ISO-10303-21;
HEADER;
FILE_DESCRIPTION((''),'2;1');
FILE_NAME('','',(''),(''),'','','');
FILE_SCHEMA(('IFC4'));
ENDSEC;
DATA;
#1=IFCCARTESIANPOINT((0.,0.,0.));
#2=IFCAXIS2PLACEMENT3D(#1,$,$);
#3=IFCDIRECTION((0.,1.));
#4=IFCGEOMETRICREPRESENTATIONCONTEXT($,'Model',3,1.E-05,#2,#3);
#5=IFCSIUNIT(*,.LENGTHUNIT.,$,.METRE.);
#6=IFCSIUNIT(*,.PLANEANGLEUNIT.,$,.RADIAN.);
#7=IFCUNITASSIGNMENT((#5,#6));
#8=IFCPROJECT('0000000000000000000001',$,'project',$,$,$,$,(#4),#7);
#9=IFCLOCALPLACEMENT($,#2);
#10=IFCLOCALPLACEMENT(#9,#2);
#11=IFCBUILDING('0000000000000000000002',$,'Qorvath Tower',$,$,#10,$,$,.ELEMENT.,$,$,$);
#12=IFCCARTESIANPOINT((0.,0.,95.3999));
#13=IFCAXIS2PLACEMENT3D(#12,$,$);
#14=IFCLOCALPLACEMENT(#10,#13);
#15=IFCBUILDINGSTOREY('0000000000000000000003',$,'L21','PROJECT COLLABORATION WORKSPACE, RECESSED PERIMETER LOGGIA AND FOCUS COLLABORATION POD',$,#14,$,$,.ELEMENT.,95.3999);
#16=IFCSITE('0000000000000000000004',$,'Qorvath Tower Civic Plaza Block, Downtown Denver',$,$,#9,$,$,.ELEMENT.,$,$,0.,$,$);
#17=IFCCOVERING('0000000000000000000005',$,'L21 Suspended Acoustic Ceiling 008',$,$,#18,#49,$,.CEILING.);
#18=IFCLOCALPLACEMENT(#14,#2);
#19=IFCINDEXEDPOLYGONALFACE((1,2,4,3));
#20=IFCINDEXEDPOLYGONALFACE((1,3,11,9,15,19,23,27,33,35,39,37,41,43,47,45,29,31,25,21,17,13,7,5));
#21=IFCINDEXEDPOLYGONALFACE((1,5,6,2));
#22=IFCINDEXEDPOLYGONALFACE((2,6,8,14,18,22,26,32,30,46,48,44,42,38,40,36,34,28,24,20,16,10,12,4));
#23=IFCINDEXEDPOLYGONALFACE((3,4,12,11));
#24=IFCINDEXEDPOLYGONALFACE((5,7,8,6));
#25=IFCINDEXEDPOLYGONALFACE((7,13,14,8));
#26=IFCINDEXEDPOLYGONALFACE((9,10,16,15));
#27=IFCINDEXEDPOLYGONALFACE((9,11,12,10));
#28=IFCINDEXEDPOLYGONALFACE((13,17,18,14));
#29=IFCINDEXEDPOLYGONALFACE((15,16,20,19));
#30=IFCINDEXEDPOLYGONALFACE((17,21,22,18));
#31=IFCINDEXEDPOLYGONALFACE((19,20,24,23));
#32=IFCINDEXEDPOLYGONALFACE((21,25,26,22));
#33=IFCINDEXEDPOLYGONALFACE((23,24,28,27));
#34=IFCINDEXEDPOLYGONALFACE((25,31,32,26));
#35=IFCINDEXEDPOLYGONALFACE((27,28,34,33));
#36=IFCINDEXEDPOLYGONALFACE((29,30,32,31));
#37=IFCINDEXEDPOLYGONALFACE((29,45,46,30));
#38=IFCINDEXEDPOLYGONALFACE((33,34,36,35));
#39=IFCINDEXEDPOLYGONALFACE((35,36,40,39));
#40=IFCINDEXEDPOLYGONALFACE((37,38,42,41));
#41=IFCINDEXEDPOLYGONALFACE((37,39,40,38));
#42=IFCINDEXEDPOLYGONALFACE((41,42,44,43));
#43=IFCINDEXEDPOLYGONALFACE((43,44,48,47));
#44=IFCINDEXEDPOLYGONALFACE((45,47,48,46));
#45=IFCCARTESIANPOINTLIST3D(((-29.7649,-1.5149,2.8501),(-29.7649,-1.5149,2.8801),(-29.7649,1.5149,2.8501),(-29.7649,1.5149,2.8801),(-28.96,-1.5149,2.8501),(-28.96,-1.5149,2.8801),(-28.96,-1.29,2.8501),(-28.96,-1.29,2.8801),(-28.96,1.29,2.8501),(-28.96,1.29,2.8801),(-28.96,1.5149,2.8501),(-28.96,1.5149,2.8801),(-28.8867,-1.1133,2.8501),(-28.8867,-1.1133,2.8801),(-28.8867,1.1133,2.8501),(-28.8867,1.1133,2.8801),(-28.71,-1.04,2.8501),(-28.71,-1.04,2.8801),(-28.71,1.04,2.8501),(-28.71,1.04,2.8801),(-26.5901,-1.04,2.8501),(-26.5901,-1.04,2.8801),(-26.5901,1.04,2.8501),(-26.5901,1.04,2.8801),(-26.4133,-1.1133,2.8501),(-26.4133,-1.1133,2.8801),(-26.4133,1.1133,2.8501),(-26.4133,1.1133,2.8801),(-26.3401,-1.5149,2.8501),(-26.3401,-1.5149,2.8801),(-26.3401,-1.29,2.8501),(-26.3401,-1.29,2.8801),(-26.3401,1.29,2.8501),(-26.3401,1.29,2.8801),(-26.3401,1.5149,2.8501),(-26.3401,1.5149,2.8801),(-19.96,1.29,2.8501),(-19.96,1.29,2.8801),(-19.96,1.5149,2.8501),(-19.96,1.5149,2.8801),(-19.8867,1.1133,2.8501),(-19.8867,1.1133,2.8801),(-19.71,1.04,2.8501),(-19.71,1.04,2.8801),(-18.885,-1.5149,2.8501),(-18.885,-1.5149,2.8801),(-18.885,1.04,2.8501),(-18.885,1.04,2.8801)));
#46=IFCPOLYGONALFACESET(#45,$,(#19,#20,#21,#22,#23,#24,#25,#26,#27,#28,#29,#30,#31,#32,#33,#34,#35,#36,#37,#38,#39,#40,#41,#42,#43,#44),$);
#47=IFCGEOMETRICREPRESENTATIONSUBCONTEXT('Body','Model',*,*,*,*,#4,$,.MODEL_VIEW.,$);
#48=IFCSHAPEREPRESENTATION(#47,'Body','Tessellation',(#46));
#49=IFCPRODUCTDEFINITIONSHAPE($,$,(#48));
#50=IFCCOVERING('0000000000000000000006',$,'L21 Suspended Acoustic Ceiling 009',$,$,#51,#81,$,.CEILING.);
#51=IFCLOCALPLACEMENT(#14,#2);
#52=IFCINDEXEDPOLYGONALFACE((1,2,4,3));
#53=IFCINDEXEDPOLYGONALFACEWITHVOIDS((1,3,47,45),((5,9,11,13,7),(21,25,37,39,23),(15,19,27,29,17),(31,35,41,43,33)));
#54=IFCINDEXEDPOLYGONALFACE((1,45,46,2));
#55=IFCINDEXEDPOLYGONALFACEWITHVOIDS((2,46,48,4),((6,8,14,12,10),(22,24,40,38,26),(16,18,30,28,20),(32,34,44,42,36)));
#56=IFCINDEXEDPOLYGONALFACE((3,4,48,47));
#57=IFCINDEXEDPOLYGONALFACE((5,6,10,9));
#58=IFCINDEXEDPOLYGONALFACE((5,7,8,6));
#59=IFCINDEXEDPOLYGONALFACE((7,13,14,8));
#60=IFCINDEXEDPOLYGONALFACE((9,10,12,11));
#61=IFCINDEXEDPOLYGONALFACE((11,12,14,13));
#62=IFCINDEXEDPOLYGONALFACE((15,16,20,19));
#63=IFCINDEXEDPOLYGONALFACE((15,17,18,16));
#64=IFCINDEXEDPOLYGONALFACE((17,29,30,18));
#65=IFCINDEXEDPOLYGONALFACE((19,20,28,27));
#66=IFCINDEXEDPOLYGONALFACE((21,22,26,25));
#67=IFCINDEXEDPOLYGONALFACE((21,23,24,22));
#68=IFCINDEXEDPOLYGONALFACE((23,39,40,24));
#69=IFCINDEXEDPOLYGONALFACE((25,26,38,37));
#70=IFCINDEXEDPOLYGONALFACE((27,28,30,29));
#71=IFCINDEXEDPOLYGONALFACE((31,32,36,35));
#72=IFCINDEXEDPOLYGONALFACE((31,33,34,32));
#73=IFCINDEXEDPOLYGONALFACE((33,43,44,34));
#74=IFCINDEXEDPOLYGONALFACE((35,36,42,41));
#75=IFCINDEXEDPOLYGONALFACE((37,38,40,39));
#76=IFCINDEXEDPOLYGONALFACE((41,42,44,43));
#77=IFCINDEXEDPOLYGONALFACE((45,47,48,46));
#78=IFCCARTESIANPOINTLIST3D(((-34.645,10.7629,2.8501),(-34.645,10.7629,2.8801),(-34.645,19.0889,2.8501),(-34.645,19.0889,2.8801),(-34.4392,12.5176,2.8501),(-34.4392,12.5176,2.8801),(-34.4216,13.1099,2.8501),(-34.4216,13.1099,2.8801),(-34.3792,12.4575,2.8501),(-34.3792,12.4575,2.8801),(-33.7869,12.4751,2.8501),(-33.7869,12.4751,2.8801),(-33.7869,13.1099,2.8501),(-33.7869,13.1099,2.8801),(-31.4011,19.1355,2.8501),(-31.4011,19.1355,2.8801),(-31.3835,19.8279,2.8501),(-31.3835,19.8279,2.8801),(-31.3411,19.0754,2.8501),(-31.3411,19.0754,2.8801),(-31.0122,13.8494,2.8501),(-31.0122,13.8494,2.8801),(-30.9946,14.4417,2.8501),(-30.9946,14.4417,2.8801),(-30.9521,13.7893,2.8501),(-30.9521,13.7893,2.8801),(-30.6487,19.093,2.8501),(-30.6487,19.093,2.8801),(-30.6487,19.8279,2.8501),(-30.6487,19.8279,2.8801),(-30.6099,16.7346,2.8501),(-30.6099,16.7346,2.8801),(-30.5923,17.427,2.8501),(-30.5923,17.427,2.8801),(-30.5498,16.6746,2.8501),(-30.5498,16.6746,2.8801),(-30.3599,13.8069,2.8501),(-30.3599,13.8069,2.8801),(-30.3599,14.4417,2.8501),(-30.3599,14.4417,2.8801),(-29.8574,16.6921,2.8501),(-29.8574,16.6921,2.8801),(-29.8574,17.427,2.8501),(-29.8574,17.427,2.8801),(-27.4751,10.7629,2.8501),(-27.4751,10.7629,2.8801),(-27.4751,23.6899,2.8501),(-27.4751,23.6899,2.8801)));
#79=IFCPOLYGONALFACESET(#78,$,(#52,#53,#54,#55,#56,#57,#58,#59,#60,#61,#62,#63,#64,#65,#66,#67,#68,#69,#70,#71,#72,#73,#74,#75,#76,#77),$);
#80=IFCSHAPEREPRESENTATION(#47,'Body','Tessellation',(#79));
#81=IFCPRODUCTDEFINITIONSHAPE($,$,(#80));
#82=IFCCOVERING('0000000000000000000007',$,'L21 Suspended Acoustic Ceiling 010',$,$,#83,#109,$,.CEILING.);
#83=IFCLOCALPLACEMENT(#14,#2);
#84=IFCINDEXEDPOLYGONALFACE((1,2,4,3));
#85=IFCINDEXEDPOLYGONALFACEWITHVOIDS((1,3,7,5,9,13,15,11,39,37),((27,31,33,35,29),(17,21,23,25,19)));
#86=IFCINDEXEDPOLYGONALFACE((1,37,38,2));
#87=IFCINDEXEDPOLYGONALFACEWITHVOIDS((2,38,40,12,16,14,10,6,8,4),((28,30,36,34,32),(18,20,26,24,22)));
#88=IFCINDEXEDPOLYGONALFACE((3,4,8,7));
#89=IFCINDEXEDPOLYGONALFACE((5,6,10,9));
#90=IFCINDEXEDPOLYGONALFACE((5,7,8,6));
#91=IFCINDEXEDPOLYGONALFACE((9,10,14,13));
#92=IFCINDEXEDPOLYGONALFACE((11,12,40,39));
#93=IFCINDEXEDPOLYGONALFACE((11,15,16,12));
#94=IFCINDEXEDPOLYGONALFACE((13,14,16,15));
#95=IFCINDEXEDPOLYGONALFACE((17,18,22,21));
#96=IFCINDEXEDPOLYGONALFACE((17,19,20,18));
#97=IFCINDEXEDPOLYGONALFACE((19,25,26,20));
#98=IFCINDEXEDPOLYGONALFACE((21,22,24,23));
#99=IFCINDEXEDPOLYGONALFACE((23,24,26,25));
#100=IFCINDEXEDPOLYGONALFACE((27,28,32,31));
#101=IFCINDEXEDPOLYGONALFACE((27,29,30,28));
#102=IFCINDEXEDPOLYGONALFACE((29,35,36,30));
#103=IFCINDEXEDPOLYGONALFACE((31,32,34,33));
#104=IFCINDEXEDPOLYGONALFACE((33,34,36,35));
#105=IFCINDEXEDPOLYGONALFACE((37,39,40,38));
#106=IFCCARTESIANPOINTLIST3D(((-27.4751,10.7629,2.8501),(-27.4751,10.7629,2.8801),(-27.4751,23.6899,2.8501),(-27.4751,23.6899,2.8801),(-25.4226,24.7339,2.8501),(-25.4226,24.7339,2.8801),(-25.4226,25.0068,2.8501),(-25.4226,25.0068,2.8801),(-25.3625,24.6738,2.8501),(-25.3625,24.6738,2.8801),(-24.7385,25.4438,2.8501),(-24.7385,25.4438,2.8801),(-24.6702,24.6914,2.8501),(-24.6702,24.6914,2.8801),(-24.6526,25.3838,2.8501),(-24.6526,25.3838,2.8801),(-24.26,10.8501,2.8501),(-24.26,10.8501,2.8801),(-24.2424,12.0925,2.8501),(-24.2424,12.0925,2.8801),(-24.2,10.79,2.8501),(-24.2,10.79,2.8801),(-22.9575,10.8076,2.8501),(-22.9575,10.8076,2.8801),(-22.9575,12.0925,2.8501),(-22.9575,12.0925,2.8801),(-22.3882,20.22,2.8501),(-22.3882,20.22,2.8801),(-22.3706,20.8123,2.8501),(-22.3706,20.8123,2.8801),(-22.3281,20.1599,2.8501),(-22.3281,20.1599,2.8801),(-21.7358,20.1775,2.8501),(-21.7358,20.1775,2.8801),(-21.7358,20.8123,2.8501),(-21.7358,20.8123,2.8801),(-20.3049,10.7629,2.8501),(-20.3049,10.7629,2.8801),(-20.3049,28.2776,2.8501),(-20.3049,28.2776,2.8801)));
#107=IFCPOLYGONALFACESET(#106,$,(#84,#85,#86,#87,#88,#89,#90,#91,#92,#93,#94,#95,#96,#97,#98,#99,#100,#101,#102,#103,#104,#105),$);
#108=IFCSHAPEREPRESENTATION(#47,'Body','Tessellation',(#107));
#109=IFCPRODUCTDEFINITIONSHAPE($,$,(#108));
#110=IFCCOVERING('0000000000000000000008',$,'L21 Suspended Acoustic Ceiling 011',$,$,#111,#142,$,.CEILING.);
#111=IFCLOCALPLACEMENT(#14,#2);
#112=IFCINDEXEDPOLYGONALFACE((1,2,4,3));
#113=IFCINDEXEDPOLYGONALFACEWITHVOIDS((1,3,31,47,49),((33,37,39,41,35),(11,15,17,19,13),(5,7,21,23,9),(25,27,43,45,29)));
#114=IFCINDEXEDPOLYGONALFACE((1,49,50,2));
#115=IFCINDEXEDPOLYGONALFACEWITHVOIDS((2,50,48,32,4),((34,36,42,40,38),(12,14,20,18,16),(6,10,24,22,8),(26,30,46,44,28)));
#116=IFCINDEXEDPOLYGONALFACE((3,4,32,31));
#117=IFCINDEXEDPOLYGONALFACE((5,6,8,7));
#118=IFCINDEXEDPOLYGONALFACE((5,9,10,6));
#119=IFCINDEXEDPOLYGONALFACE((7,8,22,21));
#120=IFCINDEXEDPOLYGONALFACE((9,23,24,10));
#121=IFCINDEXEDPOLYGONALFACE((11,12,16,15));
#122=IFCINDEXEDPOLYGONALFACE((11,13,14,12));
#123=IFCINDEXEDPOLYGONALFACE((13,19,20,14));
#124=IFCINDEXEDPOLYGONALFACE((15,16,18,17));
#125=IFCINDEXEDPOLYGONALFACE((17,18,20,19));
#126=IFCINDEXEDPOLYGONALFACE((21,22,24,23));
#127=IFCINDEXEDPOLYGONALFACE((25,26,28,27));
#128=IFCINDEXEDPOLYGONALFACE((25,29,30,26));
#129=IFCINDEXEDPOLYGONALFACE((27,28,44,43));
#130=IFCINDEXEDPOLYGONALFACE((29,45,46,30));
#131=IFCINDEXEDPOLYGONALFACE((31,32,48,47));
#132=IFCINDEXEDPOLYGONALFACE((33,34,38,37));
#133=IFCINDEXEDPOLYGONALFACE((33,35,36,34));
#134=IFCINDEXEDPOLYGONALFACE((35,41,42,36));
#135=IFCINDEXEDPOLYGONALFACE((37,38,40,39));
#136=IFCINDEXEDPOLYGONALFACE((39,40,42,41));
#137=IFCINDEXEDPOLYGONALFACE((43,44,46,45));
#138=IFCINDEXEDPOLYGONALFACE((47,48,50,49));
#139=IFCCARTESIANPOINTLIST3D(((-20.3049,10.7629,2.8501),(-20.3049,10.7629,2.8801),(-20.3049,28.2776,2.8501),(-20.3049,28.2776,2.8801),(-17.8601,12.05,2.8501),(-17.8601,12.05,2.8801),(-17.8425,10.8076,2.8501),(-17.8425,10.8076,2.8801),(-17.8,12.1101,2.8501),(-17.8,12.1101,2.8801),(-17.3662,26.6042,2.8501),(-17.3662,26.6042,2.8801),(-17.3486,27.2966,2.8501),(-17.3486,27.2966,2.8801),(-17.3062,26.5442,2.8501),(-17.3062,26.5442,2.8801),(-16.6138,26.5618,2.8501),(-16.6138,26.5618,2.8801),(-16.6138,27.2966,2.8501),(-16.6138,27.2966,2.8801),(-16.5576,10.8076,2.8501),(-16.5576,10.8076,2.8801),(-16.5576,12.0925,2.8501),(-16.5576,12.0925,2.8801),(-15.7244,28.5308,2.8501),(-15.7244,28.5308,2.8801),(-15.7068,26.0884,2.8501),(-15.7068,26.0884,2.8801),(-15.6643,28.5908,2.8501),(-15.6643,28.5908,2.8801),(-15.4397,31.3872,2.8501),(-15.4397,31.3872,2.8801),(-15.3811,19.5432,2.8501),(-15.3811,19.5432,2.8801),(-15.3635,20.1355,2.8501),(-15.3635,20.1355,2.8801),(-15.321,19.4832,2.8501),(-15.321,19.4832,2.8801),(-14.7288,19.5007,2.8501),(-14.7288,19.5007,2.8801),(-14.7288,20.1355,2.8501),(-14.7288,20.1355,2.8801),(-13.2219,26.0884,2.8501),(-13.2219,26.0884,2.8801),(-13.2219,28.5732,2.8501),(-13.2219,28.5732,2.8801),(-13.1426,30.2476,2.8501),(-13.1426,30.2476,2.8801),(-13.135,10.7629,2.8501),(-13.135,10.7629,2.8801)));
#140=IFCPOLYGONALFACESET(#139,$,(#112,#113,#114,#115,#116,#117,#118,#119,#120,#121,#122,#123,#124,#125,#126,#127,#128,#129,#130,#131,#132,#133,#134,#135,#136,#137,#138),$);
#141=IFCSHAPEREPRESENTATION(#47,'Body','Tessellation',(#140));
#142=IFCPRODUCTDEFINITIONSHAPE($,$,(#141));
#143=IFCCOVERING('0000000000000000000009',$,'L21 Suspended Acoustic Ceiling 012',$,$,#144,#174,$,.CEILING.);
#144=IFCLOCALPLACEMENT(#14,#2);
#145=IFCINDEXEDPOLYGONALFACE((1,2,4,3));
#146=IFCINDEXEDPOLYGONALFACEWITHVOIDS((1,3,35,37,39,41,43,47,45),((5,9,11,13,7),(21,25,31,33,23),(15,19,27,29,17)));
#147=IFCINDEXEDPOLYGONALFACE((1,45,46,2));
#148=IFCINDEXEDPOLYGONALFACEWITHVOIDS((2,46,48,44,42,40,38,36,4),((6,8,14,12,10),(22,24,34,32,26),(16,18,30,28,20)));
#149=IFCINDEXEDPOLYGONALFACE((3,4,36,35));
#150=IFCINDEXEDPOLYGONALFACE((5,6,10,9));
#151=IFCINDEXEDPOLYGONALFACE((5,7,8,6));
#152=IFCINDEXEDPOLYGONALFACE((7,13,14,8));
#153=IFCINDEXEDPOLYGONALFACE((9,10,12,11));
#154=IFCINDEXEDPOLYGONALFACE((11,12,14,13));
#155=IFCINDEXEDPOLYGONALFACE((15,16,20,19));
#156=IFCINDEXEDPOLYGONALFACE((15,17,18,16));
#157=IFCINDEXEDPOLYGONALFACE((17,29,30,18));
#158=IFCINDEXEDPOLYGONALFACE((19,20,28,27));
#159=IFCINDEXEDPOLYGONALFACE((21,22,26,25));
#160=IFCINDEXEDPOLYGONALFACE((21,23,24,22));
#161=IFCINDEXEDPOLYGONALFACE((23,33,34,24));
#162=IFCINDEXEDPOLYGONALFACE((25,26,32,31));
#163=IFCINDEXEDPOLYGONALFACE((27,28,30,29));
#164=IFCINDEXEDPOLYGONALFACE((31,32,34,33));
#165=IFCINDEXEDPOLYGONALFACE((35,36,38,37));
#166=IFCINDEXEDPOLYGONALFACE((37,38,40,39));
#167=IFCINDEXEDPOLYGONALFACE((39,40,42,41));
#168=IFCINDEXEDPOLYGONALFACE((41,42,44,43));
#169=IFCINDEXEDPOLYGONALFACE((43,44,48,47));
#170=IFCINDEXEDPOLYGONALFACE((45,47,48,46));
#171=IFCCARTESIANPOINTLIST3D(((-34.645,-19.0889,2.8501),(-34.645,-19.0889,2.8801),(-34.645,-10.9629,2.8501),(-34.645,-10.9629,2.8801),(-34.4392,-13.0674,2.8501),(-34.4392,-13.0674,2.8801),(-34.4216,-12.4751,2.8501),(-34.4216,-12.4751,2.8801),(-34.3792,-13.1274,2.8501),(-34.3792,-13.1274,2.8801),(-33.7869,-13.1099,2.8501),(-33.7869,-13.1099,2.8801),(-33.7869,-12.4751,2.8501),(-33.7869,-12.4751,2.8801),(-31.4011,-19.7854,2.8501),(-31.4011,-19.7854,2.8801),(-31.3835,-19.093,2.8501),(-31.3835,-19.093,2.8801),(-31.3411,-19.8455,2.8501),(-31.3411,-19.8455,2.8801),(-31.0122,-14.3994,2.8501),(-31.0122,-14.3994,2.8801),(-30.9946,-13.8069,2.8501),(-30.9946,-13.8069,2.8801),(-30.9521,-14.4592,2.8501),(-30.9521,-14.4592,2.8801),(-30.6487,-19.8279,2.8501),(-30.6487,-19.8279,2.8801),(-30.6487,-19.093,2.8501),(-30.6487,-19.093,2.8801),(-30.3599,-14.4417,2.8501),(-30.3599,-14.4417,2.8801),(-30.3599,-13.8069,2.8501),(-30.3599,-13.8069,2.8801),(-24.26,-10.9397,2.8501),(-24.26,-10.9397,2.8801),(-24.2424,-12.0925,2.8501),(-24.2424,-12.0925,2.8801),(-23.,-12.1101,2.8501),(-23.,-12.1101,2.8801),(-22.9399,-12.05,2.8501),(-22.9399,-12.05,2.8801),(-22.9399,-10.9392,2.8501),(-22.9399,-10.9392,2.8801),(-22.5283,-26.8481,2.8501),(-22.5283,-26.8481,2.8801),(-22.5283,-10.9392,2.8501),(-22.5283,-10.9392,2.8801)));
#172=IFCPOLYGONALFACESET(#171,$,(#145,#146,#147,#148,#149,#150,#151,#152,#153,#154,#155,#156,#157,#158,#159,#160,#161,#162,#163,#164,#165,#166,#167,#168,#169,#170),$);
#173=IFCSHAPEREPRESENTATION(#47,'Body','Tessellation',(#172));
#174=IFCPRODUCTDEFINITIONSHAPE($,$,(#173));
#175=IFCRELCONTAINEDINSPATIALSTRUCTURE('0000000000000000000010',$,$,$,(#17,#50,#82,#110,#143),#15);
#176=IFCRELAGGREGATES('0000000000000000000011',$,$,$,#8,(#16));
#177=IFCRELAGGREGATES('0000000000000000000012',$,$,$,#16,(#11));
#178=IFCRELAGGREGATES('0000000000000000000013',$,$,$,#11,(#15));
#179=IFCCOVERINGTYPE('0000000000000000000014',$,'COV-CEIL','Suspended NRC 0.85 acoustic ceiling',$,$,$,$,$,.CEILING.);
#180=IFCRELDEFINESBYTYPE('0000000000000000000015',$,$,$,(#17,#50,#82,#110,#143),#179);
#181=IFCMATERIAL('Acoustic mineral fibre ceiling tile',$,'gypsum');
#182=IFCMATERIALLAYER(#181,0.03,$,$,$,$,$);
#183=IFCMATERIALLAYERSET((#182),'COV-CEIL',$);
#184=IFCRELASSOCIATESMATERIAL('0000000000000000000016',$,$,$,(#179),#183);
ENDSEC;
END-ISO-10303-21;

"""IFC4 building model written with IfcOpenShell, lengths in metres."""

from ifc_helpers import new_model, si_unit, direction, frame, origin, place, context, subcontext, project, spatial, polyline, outline, extrude, material, layer, layer_set, type_object, element, save


model = new_model("IFC4")

# Units and contexts
model_context = context("Model", 3, precision=1e-05, world=origin(), true_north=direction((0.0, 1.0)))
body_context = subcontext(model_context, "Body", "Model", "MODEL_VIEW")
ifc_project = project(units=[si_unit("LENGTHUNIT", "METRE"), si_unit("PLANEANGLEUNIT", "RADIAN")], contexts=[model_context])

# Site, building, storey
site_placement = place(None, origin())
site = spatial("IfcSite", under=ifc_project, at=site_placement, Name="Qorvath Tower Civic Plaza Block, Downtown Denver", CompositionType="ELEMENT", RefElevation=0.0)
building_placement = place(site_placement, origin())
building = spatial("IfcBuilding", under=site, at=building_placement, Name="Qorvath Tower", CompositionType="ELEMENT")
storey_placement = place(building_placement, frame((0.0, 0.0, 95.3999)))
storey = spatial("IfcBuildingStorey", under=building, at=storey_placement, Name="L21", Description="PROJECT COLLABORATION WORKSPACE, RECESSED PERIMETER LOGGIA AND FOCUS COLLABORATION POD", CompositionType="ELEMENT", Elevation=95.3999)

# Coverings
ifc_material_1 = material(Name="Acoustic mineral fibre ceiling tile", Category="gypsum")
ifc_layer_1 = layer(ifc_material_1, 0.03)
ifc_layer_set_1 = layer_set([ifc_layer_1], Name="COV-CEIL")
covering_type_1 = type_object("IfcCoveringType", Name="COV-CEIL", Description="Suspended NRC 0.85 acoustic ceiling", PredefinedType="CEILING", material=ifc_layer_set_1)
covering_1_placement = place(storey_placement, frame((0.0, 0.0, 2.8501)))
element("IfcCovering", 1, at=covering_1_placement, inside=storey, type_object=covering_type_1, Name="L21 Suspended Acoustic Ceiling 008", PredefinedType="CEILING", context=body_context, shape_type="SweptSolid", body=[
    extrude(outline(polyline([(-18.885, -1.5149), (-18.885, 1.04), (-19.71, 1.04), (-19.8867, 1.1133), (-19.96, 1.29), (-19.96, 1.5149), (-26.3401, 1.5149), (-26.3401, 1.29), (-26.4133, 1.1133), (-26.5901, 1.04), (-28.71, 1.04), (-28.8867, 1.1133), (-28.96, 1.29), (-28.96, 1.5149), (-29.7649, 1.5149), (-29.7649, -1.5149), (-28.96, -1.5149), (-28.96, -1.29), (-28.8867, -1.1133), (-28.71, -1.04), (-26.5901, -1.04), (-26.4133, -1.1133), (-26.3401, -1.29), (-26.3401, -1.5149), (-18.885, -1.5149)])), origin(), (0.0, 0.0, 1.0), 0.03),
])
covering_2_placement = place(storey_placement, frame((0.0, 0.0, 2.8501)))
element("IfcCovering", 2, at=covering_2_placement, inside=storey, type_object=covering_type_1, Name="L21 Suspended Acoustic Ceiling 009", PredefinedType="CEILING", context=body_context, shape_type="SweptSolid", body=[
    extrude(outline(polyline([(-27.4751, 10.7629), (-27.4751, 23.6899), (-34.645, 19.0889), (-34.645, 10.7629), (-27.4751, 10.7629)]), holes=[polyline([(-30.6099, 16.7346), (-30.5923, 17.427), (-29.8574, 17.427), (-29.8574, 16.6921), (-30.5498, 16.6746), (-30.6099, 16.7346)]), polyline([(-31.0122, 13.8494), (-30.9946, 14.4417), (-30.3599, 14.4417), (-30.3599, 13.8069), (-30.9521, 13.7893), (-31.0122, 13.8494)]), polyline([(-31.4011, 19.1355), (-31.3835, 19.8279), (-30.6487, 19.8279), (-30.6487, 19.093), (-31.3411, 19.0754), (-31.4011, 19.1355)]), polyline([(-34.4392, 12.5176), (-34.4216, 13.1099), (-33.7869, 13.1099), (-33.7869, 12.4751), (-34.3792, 12.4575), (-34.4392, 12.5176)])]), origin(), (0.0, 0.0, 1.0), 0.03),
])
covering_3_placement = place(storey_placement, frame((0.0, 0.0, 2.8501)))
element("IfcCovering", 3, at=covering_3_placement, inside=storey, type_object=covering_type_1, Name="L21 Suspended Acoustic Ceiling 010", PredefinedType="CEILING", context=body_context, shape_type="SweptSolid", body=[
    extrude(outline(polyline([(-25.4226, 24.7339), (-25.4226, 25.0068), (-27.4751, 23.6899), (-27.4751, 10.7629), (-20.3049, 10.7629), (-20.3049, 28.2776), (-24.7385, 25.4438), (-24.6526, 25.3838), (-24.6702, 24.6914), (-25.3625, 24.6738), (-25.4226, 24.7339)]), holes=[polyline([(-22.3882, 20.22), (-22.3706, 20.8123), (-21.7358, 20.8123), (-21.7358, 20.1775), (-22.3281, 20.1599), (-22.3882, 20.22)]), polyline([(-24.26, 10.8501), (-24.2424, 12.0925), (-22.9575, 12.0925), (-22.9575, 10.8076), (-24.2, 10.79), (-24.26, 10.8501)])]), origin(), (0.0, 0.0, 1.0), 0.03),
])
covering_4_placement = place(storey_placement, frame((0.0, 0.0, 2.8501)))
element("IfcCovering", 4, at=covering_4_placement, inside=storey, type_object=covering_type_1, Name="L21 Suspended Acoustic Ceiling 011", PredefinedType="CEILING", context=body_context, shape_type="SweptSolid", body=[
    extrude(outline(polyline([(-20.3049, 28.2776), (-20.3049, 10.7629), (-13.135, 10.7629), (-13.1426, 30.2476), (-15.4397, 31.3872), (-20.3049, 28.2776)]), holes=[polyline([(-15.7244, 28.5308), (-15.6643, 28.5908), (-13.2219, 28.5732), (-13.2219, 26.0884), (-15.7068, 26.0884), (-15.7244, 28.5308)]), polyline([(-15.3811, 19.5432), (-15.3635, 20.1355), (-14.7288, 20.1355), (-14.7288, 19.5007), (-15.321, 19.4832), (-15.3811, 19.5432)]), polyline([(-17.8601, 12.05), (-17.8, 12.1101), (-16.5576, 12.0925), (-16.5576, 10.8076), (-17.8425, 10.8076), (-17.8601, 12.05)]), polyline([(-17.3662, 26.6042), (-17.3486, 27.2966), (-16.6138, 27.2966), (-16.6138, 26.5618), (-17.3062, 26.5442), (-17.3662, 26.6042)])]), origin(), (0.0, 0.0, 1.0), 0.03),
])
covering_5_placement = place(storey_placement, frame((0.0, 0.0, 2.8501)))
element("IfcCovering", 5, at=covering_5_placement, inside=storey, type_object=covering_type_1, Name="L21 Suspended Acoustic Ceiling 012", PredefinedType="CEILING", context=body_context, shape_type="SweptSolid", body=[
    extrude(outline(polyline([(-22.5283, -26.8481), (-22.5283, -10.9392), (-22.9399, -10.9392), (-22.9399, -12.05), (-23.0, -12.1101), (-24.2424, -12.0925), (-24.26, -10.9397), (-34.645, -10.9629), (-34.645, -19.0889), (-22.5283, -26.8481)]), holes=[polyline([(-31.0122, -14.3994), (-30.9946, -13.8069), (-30.3599, -13.8069), (-30.3599, -14.4417), (-30.9521, -14.4592), (-31.0122, -14.3994)]), polyline([(-31.4011, -19.7854), (-31.3835, -19.093), (-30.6487, -19.093), (-30.6487, -19.8279), (-31.3411, -19.8455), (-31.4011, -19.7854)]), polyline([(-34.4392, -13.0674), (-34.4216, -12.4751), (-33.7869, -12.4751), (-33.7869, -13.1099), (-34.3792, -13.1274), (-34.4392, -13.0674)])]), origin(), (0.0, 0.0, 1.0), 0.03),
])

save(model, "model.ifc")
